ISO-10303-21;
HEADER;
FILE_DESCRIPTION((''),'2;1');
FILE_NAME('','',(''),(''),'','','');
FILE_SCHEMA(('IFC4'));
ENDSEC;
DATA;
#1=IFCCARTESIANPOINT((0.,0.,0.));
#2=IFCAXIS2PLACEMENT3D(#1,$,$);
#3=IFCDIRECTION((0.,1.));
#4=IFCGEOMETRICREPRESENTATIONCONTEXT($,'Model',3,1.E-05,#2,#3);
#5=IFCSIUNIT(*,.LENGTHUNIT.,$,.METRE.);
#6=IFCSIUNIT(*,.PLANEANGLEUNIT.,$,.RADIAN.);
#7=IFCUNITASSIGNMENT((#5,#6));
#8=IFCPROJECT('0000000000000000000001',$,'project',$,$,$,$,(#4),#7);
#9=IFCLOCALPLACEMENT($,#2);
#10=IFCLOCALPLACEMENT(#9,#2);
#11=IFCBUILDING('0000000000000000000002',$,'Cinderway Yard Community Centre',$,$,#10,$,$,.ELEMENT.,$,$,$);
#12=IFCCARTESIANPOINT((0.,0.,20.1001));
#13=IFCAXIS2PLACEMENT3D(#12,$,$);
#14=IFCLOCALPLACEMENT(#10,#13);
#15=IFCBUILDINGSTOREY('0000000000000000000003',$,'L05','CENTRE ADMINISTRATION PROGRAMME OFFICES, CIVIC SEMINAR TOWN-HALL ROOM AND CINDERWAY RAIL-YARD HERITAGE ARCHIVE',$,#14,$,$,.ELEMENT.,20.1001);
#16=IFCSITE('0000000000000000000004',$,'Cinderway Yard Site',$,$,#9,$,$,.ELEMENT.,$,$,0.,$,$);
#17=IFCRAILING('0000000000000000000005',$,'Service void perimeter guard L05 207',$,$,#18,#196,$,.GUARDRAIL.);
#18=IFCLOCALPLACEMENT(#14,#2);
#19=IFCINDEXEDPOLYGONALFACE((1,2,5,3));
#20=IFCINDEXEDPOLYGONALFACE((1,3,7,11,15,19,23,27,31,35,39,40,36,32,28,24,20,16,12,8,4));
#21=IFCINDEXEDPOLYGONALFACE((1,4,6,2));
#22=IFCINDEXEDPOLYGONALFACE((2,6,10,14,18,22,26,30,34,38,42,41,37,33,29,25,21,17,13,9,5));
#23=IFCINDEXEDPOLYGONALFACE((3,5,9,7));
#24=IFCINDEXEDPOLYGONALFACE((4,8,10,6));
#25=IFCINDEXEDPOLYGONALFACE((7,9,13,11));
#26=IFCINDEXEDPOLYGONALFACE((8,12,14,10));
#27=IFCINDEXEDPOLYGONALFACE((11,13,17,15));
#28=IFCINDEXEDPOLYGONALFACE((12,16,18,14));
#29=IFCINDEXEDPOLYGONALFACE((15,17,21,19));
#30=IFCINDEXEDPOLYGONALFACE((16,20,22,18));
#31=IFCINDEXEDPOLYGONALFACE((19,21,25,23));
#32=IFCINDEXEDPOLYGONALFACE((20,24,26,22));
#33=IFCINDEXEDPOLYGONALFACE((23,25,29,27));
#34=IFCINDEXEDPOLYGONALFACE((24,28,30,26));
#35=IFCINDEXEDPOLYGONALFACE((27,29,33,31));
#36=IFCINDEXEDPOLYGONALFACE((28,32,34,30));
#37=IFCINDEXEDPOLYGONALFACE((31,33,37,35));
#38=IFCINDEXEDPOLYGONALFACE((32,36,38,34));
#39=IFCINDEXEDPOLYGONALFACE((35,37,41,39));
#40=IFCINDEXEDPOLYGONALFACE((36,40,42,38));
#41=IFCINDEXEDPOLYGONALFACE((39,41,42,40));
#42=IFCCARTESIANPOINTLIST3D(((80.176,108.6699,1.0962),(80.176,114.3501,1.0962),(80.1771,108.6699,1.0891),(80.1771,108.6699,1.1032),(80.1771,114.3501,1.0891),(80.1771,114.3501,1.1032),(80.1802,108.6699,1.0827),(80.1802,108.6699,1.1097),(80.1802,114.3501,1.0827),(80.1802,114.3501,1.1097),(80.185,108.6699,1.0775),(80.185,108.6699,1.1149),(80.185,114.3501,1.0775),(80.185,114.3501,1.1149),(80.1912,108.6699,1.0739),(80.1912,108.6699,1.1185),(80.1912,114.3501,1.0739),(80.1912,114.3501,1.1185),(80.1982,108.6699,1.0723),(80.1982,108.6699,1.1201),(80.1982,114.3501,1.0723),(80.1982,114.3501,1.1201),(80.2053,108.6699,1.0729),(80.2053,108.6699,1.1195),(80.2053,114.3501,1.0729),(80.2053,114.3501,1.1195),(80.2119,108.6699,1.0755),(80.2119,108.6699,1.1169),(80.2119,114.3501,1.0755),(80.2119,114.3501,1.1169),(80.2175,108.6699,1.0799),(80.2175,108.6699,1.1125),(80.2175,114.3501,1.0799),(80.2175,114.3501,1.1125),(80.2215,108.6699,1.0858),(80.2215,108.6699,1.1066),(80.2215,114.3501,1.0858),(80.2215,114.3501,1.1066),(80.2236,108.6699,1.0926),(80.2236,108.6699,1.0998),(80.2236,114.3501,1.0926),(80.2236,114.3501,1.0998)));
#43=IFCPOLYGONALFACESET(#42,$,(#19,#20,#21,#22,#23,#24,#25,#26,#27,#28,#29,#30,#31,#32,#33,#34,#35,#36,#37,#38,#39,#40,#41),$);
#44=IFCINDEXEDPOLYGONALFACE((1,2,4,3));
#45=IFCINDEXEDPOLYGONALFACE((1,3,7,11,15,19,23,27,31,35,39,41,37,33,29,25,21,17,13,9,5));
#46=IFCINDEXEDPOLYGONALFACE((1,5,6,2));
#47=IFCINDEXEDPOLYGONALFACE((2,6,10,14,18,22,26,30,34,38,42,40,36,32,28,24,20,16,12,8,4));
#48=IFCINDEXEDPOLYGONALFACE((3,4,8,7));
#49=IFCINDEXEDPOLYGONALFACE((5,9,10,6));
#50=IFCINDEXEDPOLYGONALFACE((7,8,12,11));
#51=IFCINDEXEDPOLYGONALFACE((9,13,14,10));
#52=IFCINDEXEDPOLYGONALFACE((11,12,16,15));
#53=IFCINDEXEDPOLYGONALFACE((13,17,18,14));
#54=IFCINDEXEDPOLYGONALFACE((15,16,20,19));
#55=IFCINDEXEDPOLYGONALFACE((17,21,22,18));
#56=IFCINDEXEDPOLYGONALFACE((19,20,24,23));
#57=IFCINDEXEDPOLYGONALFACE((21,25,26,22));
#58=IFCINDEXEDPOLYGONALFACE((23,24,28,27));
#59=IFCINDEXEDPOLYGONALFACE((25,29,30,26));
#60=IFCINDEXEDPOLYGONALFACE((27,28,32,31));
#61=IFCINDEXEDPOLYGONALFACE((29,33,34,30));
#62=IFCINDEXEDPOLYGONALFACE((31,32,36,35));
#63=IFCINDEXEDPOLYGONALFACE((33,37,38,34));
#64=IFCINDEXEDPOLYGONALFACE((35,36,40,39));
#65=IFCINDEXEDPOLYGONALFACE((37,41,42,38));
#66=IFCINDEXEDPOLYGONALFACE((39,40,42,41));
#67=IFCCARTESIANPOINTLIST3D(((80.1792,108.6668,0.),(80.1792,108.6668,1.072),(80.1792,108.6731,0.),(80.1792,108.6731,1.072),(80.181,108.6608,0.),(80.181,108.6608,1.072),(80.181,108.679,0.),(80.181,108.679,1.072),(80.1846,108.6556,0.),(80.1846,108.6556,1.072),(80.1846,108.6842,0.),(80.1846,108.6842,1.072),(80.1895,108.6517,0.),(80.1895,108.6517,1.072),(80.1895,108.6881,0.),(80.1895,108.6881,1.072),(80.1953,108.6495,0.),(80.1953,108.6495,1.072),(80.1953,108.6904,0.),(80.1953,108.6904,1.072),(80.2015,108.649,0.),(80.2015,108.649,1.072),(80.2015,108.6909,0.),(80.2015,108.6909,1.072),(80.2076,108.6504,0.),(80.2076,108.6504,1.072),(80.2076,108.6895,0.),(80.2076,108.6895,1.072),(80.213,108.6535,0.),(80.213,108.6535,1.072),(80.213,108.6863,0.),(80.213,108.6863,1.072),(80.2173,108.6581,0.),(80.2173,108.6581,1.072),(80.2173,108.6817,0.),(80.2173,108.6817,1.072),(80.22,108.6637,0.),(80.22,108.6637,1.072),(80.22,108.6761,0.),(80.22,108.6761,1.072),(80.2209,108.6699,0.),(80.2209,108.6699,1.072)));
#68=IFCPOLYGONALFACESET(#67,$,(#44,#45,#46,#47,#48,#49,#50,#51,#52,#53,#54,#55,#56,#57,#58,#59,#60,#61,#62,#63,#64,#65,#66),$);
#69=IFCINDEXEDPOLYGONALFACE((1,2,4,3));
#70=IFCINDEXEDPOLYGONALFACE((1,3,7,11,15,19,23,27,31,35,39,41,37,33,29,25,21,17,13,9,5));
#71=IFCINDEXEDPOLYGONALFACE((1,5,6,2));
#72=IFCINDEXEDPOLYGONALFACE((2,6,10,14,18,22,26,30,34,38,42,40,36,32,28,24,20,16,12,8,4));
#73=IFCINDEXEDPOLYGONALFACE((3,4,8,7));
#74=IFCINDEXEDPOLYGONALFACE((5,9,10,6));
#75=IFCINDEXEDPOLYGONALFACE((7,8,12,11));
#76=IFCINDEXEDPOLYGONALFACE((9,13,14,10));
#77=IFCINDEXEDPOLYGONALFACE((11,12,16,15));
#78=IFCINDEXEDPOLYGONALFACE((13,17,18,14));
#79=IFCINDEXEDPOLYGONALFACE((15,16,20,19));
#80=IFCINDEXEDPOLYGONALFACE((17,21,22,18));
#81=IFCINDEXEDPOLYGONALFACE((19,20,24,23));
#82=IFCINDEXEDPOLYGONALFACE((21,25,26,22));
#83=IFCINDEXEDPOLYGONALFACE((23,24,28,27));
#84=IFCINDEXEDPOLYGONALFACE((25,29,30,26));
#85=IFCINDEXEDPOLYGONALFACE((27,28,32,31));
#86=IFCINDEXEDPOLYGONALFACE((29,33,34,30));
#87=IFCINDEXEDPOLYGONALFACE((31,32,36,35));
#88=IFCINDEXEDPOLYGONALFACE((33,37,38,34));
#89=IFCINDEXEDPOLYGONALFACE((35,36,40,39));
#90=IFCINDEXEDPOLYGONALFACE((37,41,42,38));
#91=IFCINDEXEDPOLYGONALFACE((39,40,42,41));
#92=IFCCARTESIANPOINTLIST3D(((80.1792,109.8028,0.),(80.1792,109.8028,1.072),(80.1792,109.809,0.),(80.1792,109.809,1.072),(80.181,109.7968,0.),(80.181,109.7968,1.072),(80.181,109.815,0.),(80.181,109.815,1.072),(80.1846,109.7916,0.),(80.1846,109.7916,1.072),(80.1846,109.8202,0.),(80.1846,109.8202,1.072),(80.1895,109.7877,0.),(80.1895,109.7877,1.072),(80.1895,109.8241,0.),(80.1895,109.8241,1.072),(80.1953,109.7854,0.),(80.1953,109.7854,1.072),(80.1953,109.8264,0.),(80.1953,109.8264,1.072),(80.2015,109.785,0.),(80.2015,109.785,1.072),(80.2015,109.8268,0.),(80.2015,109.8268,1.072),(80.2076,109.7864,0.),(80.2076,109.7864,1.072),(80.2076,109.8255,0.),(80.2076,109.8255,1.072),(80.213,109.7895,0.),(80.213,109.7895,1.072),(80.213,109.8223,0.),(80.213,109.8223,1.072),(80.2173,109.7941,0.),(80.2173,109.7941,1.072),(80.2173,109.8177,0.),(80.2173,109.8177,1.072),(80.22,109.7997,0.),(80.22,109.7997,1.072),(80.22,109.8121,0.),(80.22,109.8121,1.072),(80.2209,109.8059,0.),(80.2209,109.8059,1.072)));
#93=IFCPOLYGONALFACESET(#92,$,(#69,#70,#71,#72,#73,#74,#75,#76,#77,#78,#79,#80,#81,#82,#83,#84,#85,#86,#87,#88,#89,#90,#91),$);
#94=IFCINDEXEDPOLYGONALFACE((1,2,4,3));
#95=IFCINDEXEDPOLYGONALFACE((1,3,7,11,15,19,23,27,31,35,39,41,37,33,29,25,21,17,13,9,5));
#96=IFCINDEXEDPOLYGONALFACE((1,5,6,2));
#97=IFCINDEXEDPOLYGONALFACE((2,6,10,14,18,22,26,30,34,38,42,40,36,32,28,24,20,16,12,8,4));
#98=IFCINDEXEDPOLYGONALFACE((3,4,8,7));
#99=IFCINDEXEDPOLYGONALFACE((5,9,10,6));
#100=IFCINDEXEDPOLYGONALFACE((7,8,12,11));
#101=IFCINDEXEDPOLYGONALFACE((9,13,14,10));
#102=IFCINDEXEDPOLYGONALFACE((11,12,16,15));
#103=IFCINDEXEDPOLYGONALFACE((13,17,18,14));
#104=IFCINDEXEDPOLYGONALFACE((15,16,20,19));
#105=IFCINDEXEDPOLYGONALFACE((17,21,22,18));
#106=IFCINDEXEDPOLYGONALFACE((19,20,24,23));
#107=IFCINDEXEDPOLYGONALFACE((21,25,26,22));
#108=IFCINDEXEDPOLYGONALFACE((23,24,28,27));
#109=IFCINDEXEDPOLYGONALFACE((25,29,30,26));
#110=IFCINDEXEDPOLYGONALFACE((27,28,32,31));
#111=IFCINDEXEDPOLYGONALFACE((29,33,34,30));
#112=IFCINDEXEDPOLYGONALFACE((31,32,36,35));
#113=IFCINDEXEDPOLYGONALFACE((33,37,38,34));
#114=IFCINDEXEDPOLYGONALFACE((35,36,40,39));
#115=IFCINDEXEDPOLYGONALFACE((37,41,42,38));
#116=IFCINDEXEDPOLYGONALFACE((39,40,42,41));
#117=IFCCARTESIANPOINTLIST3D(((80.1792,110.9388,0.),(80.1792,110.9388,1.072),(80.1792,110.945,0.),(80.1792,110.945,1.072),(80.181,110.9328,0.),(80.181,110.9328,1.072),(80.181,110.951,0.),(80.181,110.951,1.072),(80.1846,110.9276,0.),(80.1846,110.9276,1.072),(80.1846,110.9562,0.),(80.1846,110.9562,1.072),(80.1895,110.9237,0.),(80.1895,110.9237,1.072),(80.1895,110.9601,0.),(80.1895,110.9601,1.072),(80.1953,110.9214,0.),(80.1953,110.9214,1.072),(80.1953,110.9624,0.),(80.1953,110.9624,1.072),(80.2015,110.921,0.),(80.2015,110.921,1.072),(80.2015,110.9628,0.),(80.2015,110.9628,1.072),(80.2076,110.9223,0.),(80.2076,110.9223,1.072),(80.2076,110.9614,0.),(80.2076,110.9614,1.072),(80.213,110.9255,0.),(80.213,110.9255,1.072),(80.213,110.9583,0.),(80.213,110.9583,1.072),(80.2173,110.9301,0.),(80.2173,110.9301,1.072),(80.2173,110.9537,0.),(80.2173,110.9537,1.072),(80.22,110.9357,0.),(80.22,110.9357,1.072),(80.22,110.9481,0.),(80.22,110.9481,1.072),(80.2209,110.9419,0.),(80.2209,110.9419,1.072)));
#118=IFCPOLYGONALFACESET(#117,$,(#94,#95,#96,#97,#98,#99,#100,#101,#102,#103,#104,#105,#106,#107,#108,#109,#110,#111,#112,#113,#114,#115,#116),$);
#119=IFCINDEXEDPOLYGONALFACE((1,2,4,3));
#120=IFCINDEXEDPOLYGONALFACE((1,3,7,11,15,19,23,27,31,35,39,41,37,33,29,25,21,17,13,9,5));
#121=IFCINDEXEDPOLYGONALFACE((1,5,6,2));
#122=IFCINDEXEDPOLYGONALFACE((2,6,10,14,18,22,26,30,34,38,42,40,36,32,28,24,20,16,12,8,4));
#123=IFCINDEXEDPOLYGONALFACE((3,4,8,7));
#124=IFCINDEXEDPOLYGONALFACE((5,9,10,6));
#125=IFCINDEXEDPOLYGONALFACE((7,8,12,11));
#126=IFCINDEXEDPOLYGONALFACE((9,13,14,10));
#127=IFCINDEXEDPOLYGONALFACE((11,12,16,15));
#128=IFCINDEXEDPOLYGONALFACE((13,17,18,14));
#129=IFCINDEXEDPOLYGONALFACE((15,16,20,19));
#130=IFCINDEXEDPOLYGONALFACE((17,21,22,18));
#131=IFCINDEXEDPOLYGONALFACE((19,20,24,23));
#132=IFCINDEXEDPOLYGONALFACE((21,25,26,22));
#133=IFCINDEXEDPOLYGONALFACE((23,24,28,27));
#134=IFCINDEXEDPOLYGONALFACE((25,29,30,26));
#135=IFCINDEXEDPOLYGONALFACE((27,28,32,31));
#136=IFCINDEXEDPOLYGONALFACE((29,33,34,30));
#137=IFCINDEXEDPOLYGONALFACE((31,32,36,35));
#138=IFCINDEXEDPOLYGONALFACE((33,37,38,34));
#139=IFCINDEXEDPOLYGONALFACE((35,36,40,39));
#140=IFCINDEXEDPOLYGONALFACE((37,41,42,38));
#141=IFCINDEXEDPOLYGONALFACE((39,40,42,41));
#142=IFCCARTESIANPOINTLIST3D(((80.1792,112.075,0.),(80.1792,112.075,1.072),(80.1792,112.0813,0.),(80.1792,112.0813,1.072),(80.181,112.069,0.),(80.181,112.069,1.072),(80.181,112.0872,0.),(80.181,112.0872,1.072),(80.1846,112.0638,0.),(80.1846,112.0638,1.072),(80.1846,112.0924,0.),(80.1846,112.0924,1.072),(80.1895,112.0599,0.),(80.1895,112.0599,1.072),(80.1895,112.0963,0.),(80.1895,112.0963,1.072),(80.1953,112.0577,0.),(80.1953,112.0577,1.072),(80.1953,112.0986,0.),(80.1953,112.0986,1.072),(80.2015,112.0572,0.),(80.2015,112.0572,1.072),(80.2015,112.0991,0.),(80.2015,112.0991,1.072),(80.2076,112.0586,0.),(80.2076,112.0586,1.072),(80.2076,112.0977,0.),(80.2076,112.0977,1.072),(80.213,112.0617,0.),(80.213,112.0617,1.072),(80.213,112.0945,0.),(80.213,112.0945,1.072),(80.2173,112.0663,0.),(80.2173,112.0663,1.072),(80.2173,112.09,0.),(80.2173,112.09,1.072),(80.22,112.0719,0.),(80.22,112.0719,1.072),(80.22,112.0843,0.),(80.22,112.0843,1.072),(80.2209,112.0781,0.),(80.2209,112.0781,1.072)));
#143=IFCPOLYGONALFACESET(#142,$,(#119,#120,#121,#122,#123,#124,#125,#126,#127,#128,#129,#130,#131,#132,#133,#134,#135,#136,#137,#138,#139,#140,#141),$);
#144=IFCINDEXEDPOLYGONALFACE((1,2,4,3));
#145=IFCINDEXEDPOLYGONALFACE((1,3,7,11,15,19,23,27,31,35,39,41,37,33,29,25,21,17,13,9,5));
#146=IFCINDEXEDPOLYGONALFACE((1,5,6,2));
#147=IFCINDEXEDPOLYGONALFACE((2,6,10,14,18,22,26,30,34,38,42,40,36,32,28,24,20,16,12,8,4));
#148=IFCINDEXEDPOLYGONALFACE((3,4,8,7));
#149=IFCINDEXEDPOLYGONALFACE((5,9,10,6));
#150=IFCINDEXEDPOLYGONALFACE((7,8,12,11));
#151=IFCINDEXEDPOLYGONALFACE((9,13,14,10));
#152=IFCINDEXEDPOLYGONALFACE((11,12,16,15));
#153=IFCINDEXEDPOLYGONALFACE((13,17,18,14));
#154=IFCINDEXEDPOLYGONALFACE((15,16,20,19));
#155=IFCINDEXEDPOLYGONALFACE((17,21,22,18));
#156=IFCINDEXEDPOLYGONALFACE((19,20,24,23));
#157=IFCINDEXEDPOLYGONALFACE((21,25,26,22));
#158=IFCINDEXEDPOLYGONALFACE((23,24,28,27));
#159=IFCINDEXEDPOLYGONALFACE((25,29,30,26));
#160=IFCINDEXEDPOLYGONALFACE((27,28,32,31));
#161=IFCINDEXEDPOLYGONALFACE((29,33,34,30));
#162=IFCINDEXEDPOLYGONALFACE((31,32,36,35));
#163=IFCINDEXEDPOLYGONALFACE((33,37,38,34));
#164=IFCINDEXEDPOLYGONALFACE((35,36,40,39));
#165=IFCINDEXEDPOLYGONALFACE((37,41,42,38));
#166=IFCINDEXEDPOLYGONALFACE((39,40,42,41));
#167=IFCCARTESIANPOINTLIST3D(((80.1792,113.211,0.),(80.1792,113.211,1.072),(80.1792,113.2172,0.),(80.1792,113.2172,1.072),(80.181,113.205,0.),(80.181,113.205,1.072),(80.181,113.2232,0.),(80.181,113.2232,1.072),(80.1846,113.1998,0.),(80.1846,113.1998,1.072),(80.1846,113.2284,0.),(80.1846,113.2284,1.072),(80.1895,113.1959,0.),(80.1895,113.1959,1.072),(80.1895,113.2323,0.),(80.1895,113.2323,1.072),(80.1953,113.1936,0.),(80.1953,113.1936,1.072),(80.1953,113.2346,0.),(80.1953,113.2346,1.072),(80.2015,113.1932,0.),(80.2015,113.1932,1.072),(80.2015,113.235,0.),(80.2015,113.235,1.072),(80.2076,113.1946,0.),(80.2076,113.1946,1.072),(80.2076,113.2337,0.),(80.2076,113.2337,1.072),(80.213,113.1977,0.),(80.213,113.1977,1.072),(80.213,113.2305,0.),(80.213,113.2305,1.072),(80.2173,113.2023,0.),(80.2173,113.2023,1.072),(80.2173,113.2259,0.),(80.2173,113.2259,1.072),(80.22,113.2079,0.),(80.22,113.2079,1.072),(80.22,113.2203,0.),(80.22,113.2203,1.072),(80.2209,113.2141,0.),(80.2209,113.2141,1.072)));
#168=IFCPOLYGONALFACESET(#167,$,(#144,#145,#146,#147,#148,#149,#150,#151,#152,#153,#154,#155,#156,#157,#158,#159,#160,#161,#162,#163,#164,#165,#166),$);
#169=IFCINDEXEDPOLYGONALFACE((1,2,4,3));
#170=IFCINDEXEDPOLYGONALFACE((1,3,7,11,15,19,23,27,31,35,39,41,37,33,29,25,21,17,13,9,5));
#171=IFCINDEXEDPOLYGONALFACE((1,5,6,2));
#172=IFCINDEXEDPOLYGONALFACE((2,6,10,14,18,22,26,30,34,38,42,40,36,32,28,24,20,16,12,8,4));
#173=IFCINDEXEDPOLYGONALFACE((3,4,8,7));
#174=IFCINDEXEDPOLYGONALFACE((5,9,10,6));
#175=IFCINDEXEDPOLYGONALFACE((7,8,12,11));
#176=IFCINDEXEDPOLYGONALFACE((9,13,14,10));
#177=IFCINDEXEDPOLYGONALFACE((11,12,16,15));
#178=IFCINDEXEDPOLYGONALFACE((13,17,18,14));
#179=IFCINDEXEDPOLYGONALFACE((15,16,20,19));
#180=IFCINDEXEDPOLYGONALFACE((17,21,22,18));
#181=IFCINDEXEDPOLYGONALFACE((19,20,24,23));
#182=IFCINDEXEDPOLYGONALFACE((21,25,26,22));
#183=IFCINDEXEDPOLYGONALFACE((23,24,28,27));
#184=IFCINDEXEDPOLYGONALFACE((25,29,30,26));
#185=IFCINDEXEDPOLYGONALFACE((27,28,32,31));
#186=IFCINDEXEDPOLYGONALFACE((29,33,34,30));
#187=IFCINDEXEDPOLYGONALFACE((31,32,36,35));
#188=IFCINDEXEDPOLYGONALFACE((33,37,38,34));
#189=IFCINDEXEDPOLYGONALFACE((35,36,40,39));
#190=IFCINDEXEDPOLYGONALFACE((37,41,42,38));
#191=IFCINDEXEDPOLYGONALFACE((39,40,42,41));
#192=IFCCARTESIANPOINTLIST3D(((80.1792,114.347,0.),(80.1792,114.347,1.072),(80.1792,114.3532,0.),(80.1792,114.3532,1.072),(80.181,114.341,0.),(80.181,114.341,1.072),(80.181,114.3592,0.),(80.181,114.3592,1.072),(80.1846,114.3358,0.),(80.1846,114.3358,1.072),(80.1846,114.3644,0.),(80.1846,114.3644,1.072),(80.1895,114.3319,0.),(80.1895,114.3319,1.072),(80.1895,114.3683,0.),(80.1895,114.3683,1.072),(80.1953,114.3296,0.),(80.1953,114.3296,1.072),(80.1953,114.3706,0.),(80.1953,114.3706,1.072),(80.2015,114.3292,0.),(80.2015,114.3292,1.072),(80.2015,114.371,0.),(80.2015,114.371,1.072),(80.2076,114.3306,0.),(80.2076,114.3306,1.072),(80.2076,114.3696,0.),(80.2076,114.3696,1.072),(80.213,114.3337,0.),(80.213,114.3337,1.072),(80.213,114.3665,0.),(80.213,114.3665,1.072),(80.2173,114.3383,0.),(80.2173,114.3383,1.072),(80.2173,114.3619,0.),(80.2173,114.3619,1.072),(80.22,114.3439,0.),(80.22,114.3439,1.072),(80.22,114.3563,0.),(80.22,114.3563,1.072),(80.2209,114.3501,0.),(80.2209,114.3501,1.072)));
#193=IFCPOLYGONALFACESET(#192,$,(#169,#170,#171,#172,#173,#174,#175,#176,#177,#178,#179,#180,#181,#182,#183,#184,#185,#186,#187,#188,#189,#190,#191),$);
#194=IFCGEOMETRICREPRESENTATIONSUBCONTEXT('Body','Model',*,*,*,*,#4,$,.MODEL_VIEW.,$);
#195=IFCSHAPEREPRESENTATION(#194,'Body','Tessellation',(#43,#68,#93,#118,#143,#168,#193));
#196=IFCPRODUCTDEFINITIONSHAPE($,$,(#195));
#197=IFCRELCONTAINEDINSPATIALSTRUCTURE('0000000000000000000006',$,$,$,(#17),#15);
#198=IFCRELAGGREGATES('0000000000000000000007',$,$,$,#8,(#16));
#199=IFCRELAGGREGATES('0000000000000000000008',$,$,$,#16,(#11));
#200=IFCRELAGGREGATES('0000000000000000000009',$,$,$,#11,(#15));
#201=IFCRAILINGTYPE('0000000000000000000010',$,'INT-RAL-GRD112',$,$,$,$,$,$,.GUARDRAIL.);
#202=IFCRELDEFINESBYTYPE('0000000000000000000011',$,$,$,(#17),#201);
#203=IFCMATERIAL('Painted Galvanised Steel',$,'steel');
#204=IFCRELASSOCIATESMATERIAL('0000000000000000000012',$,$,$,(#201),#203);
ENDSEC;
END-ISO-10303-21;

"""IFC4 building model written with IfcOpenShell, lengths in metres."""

from ifc_helpers import new_model, si_unit, direction, frame, origin, origin_2d, place, context, subcontext, project, spatial, circle, extrude, material, type_object, element, save


model = new_model("IFC4")

# Units and contexts
model_context = context("Model", 3, precision=1e-05, world=origin(), true_north=direction((0.0, 1.0)))
body_context = subcontext(model_context, "Body", "Model", "MODEL_VIEW")
ifc_project = project(units=[si_unit("LENGTHUNIT", "METRE"), si_unit("PLANEANGLEUNIT", "RADIAN")], contexts=[model_context])

# Site, building, storey
site_placement = place(None, origin())
site = spatial("IfcSite", under=ifc_project, at=site_placement, Name="Cinderway Yard Site", CompositionType="ELEMENT", RefElevation=0.0)
building_placement = place(site_placement, origin())
building = spatial("IfcBuilding", under=site, at=building_placement, Name="Cinderway Yard Community Centre", CompositionType="ELEMENT")
storey_placement = place(building_placement, frame((0.0, 0.0, 20.1001)))
storey = spatial("IfcBuildingStorey", under=building, at=storey_placement, Name="L05", Description="CENTRE ADMINISTRATION PROGRAMME OFFICES, CIVIC SEMINAR TOWN-HALL ROOM AND CINDERWAY RAIL-YARD HERITAGE ARCHIVE", CompositionType="ELEMENT", Elevation=20.1001)

# Shared definitions
ifc_material_1 = material(Name="Painted Galvanised Steel", Category="steel")

# Railing
railing_type = type_object("IfcRailingType", Name="INT-RAL-GRD112", PredefinedType="GUARDRAIL", material=ifc_material_1)
railing_1_placement = place(storey_placement, frame((80.2, 108.6699, 0.0)))
element("IfcRailing", 1, at=railing_1_placement, inside=storey, type_object=railing_type, Name="Service void perimeter guard L05 207", PredefinedType="GUARDRAIL", context=body_context, shape_type="SweptSolid", body=[
    extrude(circle(Radius=0.0239, at=origin_2d()), frame((0.0, 0.0, 1.0962), z_axis=(0.0, 1.0, 0.0), x_axis=(-1.0, 0.0, 0.0)), (0.0, 0.0, 1.0), 5.6802),
    extrude(circle(Radius=0.021, at=origin_2d()), origin(), (0.0, 0.0, 1.0), 1.072),
    extrude(circle(Radius=0.021, at=origin_2d()), frame((0.0, 1.136, 0.0)), (0.0, 0.0, 1.0), 1.072),
    extrude(circle(Radius=0.021, at=origin_2d()), frame((0.0, 2.272, 0.0)), (0.0, 0.0, 1.0), 1.072),
    extrude(circle(Radius=0.021, at=origin_2d()), frame((0.0, 3.4082, 0.0)), (0.0, 0.0, 1.0), 1.072),
    extrude(circle(Radius=0.021, at=origin_2d()), frame((0.0, 4.5442, 0.0)), (0.0, 0.0, 1.0), 1.072),
    extrude(circle(Radius=0.021, at=origin_2d()), frame((0.0, 5.6802, 0.0)), (0.0, 0.0, 1.0), 1.072),
])

save(model, "model.ifc")
